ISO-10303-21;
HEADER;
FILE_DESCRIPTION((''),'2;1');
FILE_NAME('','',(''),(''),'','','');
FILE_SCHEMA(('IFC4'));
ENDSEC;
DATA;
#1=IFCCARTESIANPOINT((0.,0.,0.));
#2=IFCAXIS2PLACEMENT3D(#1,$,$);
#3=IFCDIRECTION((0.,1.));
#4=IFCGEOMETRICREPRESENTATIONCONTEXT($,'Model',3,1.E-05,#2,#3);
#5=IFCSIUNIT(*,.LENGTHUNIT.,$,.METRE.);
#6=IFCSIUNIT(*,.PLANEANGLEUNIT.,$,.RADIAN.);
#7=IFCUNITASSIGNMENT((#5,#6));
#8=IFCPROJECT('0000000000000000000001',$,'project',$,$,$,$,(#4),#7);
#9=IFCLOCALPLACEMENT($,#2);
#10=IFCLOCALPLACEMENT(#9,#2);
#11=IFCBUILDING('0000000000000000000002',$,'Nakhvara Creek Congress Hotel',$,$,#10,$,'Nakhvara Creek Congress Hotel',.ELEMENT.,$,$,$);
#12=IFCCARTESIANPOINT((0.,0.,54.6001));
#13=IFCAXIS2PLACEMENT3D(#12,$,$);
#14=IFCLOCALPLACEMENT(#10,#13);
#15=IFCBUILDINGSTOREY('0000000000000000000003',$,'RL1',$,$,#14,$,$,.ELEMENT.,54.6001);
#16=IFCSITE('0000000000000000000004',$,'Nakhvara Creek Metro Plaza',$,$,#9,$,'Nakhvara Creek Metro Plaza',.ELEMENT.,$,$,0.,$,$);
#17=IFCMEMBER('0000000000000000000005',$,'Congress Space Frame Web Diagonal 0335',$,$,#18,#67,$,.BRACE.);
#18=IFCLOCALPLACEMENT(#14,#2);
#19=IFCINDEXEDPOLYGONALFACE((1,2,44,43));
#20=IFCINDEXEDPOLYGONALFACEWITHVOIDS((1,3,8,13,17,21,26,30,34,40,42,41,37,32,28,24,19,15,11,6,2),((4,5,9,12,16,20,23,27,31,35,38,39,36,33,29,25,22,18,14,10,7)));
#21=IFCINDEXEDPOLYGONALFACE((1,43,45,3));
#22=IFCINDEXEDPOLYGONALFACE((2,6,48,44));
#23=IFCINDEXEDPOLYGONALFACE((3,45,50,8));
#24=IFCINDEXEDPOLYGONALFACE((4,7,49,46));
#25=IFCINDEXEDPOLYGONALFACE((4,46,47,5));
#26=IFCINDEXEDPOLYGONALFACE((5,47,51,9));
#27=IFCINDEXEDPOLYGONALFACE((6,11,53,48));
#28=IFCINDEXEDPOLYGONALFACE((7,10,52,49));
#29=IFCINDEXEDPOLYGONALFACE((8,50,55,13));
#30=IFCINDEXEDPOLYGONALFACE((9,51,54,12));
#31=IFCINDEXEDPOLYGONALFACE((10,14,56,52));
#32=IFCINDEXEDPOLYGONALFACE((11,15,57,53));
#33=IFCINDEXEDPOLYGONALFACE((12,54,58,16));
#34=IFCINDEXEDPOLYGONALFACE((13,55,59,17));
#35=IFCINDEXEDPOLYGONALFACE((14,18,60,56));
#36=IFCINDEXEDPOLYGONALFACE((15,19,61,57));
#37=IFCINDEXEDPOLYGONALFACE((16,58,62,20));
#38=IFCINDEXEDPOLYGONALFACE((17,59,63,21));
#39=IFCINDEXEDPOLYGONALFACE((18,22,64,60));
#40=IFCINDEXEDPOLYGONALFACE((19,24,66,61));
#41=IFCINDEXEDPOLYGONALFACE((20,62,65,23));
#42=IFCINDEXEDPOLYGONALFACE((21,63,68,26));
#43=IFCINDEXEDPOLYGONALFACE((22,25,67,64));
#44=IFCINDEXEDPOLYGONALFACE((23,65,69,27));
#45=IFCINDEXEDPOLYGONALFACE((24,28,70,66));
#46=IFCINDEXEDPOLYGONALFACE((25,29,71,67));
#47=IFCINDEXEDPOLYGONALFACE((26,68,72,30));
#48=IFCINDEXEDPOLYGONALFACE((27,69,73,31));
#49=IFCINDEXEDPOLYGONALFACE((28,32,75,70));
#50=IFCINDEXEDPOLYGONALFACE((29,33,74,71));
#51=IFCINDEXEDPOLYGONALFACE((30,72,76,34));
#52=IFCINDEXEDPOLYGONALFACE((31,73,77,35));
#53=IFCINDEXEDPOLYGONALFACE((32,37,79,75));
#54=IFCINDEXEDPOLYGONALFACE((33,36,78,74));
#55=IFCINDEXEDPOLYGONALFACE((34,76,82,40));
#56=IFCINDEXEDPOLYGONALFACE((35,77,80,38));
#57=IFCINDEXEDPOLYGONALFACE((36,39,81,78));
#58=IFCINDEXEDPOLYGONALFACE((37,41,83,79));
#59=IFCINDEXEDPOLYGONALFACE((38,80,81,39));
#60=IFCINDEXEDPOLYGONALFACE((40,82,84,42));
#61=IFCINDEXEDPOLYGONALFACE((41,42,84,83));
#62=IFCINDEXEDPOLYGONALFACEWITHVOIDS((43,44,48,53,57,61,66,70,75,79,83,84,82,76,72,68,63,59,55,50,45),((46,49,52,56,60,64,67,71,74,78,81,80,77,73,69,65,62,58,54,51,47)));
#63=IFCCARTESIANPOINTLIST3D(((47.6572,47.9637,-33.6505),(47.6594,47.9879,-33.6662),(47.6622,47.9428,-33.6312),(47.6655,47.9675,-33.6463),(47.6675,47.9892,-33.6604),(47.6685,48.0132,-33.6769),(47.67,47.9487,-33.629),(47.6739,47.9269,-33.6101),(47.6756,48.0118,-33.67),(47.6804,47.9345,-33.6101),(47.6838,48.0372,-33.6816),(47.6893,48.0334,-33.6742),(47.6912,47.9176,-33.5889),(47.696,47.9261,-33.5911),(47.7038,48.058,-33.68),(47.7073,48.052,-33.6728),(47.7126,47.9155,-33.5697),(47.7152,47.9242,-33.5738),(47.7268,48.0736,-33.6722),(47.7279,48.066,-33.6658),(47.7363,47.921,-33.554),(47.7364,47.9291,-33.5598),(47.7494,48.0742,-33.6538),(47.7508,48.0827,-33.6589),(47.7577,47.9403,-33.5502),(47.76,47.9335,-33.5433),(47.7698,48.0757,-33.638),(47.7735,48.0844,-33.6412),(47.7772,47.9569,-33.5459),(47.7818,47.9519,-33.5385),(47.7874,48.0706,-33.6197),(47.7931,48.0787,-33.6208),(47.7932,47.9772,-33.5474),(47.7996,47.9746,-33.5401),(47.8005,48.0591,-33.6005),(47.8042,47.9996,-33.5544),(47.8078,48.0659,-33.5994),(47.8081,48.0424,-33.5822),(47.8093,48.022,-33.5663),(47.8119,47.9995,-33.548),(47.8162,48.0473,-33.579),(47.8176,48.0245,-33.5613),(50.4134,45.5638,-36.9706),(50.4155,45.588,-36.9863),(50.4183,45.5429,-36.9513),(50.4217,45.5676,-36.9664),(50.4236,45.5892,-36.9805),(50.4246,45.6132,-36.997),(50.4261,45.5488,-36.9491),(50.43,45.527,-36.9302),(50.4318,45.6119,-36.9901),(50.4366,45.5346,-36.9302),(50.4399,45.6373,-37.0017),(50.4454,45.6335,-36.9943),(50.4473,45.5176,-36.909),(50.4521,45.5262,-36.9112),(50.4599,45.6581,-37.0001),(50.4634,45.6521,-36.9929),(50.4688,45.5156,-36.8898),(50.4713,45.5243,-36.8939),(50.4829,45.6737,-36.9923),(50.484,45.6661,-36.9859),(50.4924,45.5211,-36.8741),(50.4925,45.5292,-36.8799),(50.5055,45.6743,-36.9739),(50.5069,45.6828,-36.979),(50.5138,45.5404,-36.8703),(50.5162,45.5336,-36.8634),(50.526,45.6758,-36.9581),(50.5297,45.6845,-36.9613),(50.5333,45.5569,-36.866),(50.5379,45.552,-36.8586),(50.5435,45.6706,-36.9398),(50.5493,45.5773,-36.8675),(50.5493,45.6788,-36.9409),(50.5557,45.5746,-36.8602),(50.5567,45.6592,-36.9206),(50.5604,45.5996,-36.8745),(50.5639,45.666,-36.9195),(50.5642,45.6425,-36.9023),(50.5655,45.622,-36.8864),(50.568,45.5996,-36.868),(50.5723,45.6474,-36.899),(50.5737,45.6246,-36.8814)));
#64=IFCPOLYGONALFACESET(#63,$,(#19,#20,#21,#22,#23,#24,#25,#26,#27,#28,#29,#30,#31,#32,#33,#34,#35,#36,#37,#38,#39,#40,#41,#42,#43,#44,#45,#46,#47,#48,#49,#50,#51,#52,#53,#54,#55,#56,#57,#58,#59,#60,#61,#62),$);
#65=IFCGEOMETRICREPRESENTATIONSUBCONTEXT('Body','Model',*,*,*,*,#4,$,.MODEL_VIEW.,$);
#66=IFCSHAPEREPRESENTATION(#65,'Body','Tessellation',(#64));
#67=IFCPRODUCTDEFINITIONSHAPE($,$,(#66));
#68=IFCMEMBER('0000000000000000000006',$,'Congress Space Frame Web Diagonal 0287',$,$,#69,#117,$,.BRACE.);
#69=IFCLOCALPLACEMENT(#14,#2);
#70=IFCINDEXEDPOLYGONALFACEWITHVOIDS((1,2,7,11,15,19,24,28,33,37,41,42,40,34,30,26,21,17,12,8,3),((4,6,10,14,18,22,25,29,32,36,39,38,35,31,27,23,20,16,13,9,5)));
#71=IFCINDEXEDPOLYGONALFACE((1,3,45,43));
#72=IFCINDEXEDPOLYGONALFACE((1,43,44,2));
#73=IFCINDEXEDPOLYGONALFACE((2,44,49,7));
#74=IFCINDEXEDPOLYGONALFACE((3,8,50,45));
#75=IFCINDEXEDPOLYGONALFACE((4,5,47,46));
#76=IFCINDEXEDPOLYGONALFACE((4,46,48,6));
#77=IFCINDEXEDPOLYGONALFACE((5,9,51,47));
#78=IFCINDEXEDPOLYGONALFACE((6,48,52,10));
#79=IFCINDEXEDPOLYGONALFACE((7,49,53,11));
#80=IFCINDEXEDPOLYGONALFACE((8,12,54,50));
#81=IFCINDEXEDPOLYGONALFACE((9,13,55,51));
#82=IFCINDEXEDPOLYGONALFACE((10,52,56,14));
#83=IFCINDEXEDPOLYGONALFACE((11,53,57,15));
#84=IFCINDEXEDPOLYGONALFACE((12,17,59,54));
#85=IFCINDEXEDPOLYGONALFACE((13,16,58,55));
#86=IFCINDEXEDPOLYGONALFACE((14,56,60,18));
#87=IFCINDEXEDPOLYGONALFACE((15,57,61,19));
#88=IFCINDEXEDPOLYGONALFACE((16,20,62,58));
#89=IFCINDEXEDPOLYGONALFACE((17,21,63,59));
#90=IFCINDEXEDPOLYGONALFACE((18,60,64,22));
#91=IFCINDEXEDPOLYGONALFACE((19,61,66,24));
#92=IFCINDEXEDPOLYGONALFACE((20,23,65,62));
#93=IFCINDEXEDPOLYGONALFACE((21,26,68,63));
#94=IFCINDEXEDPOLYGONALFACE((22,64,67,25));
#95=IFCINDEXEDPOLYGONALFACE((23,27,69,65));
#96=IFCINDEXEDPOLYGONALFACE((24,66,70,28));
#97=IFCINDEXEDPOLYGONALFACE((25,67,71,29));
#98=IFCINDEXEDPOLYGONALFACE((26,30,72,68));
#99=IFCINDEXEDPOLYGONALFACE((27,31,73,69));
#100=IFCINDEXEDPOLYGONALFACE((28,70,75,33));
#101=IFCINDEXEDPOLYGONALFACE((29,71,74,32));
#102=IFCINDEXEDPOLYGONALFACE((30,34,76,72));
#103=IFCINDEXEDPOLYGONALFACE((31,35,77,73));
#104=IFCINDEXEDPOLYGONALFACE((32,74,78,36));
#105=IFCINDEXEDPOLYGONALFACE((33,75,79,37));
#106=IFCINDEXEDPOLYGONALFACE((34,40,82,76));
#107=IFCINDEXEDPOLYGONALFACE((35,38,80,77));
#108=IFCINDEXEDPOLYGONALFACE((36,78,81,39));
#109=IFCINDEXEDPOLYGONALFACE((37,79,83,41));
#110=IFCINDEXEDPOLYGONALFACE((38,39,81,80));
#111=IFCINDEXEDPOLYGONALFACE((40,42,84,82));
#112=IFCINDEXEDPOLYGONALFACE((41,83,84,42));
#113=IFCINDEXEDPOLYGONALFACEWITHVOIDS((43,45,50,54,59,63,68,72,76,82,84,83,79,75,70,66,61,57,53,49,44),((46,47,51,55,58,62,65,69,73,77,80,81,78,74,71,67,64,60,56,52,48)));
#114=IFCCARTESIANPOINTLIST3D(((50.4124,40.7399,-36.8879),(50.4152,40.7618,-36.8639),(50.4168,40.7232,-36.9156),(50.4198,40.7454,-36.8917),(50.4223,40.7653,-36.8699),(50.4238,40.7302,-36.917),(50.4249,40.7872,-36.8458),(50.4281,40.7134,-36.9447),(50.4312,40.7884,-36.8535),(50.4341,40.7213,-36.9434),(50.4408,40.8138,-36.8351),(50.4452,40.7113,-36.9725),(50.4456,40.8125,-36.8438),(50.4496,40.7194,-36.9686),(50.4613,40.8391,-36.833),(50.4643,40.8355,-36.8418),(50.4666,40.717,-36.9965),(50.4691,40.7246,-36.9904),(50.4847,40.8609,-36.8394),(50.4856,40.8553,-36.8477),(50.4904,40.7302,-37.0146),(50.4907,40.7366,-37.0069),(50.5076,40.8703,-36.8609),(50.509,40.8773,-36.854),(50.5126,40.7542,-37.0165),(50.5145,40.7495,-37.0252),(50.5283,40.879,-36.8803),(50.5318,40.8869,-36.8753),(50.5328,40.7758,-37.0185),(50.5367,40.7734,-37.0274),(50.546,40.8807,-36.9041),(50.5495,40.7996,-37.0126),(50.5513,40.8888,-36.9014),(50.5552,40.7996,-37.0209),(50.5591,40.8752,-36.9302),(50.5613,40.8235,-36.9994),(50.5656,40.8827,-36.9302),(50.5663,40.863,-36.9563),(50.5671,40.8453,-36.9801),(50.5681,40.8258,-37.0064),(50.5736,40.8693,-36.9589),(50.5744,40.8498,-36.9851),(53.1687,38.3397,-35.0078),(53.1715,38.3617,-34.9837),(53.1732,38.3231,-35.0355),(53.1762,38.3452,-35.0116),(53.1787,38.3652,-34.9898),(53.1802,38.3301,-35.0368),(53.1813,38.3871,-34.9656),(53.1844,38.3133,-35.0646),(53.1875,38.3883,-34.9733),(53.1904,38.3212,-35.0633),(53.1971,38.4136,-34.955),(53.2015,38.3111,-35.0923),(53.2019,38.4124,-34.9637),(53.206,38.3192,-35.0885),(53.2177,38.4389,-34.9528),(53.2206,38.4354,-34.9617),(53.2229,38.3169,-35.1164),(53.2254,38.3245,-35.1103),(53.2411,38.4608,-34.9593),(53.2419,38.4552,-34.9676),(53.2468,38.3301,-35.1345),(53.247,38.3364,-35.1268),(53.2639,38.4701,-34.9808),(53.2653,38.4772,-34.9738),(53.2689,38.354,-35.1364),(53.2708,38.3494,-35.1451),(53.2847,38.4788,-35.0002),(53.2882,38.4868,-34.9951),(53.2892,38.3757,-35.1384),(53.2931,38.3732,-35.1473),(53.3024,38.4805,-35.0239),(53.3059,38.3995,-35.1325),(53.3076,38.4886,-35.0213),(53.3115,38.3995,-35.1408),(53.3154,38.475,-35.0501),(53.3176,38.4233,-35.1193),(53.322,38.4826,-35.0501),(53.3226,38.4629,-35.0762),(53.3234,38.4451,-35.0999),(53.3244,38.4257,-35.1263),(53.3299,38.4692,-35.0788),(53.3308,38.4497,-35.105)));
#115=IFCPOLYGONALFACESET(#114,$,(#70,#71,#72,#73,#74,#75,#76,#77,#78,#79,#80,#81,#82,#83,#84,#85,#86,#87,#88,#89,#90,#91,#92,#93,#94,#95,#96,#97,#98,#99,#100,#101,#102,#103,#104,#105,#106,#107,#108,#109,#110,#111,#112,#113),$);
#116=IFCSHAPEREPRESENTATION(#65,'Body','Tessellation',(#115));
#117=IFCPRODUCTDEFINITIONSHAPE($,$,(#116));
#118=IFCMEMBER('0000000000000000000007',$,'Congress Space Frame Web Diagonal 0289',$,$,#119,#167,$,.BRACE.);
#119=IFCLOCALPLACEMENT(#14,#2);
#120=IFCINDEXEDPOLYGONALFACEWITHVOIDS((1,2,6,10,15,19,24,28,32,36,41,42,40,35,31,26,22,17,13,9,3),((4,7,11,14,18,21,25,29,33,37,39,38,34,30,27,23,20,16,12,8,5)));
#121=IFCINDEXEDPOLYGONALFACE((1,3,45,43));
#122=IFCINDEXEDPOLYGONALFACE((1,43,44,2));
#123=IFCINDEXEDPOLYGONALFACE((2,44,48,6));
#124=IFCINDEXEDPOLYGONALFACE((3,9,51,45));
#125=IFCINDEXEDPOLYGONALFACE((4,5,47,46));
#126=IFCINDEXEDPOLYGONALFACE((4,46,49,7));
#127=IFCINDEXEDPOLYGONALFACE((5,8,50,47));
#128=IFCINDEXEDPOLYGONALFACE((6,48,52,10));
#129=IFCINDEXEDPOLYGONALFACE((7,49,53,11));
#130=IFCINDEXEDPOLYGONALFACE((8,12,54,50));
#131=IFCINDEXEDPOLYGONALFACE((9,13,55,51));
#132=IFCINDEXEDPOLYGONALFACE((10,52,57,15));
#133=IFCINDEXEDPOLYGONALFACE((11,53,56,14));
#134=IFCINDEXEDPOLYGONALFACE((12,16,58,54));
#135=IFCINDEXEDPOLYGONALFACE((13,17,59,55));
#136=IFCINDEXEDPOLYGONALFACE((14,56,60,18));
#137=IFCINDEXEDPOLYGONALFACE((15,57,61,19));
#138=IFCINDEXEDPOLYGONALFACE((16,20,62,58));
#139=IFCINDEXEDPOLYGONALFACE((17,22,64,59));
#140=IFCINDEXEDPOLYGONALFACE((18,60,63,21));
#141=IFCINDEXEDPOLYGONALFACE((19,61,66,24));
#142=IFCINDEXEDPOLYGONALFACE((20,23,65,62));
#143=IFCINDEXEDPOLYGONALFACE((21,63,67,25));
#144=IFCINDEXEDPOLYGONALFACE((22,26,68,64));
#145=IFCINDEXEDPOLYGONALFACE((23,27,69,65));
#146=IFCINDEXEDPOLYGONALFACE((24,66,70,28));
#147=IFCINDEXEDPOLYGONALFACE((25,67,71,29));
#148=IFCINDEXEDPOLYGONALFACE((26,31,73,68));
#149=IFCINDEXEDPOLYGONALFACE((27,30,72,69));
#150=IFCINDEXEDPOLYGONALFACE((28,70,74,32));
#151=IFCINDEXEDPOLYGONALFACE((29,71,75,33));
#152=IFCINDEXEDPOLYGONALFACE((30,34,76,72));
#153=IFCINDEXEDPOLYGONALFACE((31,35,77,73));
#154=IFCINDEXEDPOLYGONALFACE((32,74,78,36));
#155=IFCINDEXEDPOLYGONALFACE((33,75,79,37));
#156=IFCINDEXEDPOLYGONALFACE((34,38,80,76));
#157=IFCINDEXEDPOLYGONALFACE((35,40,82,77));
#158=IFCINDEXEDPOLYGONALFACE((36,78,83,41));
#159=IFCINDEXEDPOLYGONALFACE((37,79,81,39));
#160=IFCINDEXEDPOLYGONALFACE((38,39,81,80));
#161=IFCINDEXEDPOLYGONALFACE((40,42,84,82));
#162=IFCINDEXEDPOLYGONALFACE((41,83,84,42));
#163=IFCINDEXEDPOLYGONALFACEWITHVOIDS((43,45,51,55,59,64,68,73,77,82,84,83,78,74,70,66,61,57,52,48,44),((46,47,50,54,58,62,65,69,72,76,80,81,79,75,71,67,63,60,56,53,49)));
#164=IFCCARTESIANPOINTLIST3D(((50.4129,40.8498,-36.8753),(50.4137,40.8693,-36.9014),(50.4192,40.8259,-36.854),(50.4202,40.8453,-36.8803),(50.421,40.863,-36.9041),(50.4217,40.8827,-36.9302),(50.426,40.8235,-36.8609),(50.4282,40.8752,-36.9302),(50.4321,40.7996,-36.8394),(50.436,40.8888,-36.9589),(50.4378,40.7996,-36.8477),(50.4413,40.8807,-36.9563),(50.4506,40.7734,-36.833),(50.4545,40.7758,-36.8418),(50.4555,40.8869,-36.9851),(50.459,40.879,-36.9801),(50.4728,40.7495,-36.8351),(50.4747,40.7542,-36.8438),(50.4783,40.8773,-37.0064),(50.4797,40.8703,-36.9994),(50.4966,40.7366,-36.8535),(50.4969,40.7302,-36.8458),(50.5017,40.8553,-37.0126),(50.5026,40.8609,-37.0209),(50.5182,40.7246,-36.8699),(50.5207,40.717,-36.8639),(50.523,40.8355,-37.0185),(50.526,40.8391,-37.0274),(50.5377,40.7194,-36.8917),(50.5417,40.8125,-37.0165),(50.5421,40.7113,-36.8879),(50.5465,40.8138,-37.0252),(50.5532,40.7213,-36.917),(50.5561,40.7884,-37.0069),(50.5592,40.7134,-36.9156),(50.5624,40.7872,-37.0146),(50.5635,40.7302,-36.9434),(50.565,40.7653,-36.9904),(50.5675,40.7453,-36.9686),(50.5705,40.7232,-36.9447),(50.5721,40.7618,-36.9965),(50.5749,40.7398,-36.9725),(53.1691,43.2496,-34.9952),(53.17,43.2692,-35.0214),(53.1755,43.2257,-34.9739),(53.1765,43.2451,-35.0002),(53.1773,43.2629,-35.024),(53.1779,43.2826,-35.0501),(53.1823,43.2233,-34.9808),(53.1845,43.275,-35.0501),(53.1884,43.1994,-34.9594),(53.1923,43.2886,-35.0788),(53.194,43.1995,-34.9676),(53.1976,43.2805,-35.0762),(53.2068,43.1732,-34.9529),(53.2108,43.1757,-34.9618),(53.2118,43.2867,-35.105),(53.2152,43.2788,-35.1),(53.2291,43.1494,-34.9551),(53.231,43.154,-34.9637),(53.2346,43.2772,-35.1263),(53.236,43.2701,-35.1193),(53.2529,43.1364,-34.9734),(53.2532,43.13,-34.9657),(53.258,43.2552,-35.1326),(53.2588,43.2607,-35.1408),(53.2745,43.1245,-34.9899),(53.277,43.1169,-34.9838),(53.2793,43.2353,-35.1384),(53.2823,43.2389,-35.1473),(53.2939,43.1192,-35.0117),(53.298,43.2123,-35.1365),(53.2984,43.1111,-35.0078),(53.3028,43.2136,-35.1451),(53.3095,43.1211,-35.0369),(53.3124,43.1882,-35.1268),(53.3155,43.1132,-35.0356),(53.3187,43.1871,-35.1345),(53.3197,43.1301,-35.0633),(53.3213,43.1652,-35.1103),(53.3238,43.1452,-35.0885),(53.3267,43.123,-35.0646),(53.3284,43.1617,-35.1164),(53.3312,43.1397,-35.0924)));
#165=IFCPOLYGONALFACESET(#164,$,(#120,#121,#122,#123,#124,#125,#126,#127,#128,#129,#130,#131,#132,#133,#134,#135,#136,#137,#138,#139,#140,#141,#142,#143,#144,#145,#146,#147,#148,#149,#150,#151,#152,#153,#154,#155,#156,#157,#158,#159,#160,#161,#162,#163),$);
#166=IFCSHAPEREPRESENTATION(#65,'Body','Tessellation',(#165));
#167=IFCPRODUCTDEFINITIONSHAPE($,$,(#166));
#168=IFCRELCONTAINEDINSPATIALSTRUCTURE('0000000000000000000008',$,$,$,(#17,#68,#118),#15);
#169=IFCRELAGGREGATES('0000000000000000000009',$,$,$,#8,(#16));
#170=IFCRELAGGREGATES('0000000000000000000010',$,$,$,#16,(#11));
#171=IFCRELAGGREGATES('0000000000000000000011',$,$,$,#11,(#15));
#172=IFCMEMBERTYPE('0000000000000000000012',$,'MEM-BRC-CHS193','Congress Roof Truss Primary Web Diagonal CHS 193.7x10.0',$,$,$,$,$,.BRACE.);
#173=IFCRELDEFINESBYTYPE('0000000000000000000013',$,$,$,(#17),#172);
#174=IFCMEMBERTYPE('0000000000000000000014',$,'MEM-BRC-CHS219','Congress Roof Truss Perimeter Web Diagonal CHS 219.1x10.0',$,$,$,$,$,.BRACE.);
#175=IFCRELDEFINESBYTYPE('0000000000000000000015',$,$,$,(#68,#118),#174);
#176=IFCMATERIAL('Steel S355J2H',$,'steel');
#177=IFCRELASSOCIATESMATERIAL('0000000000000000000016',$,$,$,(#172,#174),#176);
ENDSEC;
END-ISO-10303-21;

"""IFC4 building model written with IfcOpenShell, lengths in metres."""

from ifc_helpers import new_model, si_unit, direction, frame, origin, origin_2d, place, context, subcontext, project, spatial, hollow_circle, extrude, material, material_profile, profile_set, type_object, element, save


model = new_model("IFC4")

# Units and contexts
model_context = context("Model", 3, precision=1e-05, world=origin(), true_north=direction((0.0, 1.0)))
body_context = subcontext(model_context, "Body", "Model", "MODEL_VIEW")
ifc_project = project(units=[si_unit("LENGTHUNIT", "METRE"), si_unit("PLANEANGLEUNIT", "RADIAN")], contexts=[model_context])

# Site, building, storey
site_placement = place(None, origin())
site = spatial("IfcSite", under=ifc_project, at=site_placement, Name="Nakhvara Creek Metro Plaza", LongName="Nakhvara Creek Metro Plaza", CompositionType="ELEMENT", RefElevation=0.0)
building_placement = place(site_placement, origin())
building = spatial("IfcBuilding", under=site, at=building_placement, Name="Nakhvara Creek Congress Hotel", LongName="Nakhvara Creek Congress Hotel", CompositionType="ELEMENT")
storey_placement = place(building_placement, frame((0.0, 0.0, 54.6001)))
storey = spatial("IfcBuildingStorey", under=building, at=storey_placement, Name="RL1", CompositionType="ELEMENT", Elevation=54.6001)

# Members
ifc_material_1 = material(Name="Steel S355J2H", Category="steel")
ifc_material_profile_1 = material_profile(ifc_material_1, hollow_circle(Radius=0.0969, WallThickness=0.01, at=origin_2d()), Name="CHS 193.7x10.0", Category="LoadBearing")
ifc_profile_set_1 = profile_set([ifc_material_profile_1], Name="Steel S355J2H")
member_type_1 = type_object("IfcMemberType", Name="MEM-BRC-CHS193", Description="Congress Roof Truss Primary Web Diagonal CHS 193.7x10.0", PredefinedType="BRACE", material=ifc_profile_set_1)
for number, where, z_axis, x_axis, name in (
    (1, (50.4937, 45.6001, -36.9302), (-0.558203, 0.48606, 0.672425), (-0.656691, -0.75416, 0.0), "Congress Space Frame Web Diagonal 0335"),
):
    element("IfcMember", number, at=place(storey_placement, frame(where, z_axis=z_axis, x_axis=x_axis)), inside=storey, type_object=member_type_1, Name=name, PredefinedType="BRACE", context=body_context, shape_type="SweptSolid", body=[
        extrude(hollow_circle(Radius=0.0969, WallThickness=0.01, at=origin_2d()), origin(), (0.0, 0.0, 1.0), 4.9375),
    ])
ifc_material_profile_2 = material_profile(ifc_material_1, hollow_circle(Radius=0.1096, WallThickness=0.01, at=origin_2d()), Name="CHS 219.1x10.0", Category="LoadBearing")
ifc_profile_set_2 = profile_set([ifc_material_profile_2], Name="Steel S355J2H")
member_type_2 = type_object("IfcMemberType", Name="MEM-BRC-CHS219", Description="Congress Roof Truss Perimeter Web Diagonal CHS 219.1x10.0", PredefinedType="BRACE", material=ifc_profile_set_2)
member_1_placement = place(storey_placement, frame((50.4937, 40.8, -36.9302), z_axis=(0.670626, -0.583961, 0.457439), x_axis=(0.656696, 0.754155, 0.0)))
element("IfcMember", 2, at=member_1_placement, inside=storey, type_object=member_type_2, Name="Congress Space Frame Web Diagonal 0287", PredefinedType="BRACE", context=body_context, shape_type="SweptSolid", body=[
    extrude(hollow_circle(Radius=0.1096, WallThickness=0.01, at=origin_2d()), origin(), (0.0, 0.0, 1.0), 4.1101),
])
member_2_placement = place(storey_placement, frame((50.4937, 40.8, -36.9302), z_axis=(0.670649, 0.583922, 0.457455), x_axis=(-0.656658, 0.754188, 0.0)))
element("IfcMember", 3, at=member_2_placement, inside=storey, type_object=member_type_2, Name="Congress Space Frame Web Diagonal 0289", PredefinedType="BRACE", context=body_context, shape_type="SweptSolid", body=[
    extrude(hollow_circle(Radius=0.1096, WallThickness=0.01, at=origin_2d()), origin(), (0.0, 0.0, 1.0), 4.1099),
])

save(model, "model.ifc")
